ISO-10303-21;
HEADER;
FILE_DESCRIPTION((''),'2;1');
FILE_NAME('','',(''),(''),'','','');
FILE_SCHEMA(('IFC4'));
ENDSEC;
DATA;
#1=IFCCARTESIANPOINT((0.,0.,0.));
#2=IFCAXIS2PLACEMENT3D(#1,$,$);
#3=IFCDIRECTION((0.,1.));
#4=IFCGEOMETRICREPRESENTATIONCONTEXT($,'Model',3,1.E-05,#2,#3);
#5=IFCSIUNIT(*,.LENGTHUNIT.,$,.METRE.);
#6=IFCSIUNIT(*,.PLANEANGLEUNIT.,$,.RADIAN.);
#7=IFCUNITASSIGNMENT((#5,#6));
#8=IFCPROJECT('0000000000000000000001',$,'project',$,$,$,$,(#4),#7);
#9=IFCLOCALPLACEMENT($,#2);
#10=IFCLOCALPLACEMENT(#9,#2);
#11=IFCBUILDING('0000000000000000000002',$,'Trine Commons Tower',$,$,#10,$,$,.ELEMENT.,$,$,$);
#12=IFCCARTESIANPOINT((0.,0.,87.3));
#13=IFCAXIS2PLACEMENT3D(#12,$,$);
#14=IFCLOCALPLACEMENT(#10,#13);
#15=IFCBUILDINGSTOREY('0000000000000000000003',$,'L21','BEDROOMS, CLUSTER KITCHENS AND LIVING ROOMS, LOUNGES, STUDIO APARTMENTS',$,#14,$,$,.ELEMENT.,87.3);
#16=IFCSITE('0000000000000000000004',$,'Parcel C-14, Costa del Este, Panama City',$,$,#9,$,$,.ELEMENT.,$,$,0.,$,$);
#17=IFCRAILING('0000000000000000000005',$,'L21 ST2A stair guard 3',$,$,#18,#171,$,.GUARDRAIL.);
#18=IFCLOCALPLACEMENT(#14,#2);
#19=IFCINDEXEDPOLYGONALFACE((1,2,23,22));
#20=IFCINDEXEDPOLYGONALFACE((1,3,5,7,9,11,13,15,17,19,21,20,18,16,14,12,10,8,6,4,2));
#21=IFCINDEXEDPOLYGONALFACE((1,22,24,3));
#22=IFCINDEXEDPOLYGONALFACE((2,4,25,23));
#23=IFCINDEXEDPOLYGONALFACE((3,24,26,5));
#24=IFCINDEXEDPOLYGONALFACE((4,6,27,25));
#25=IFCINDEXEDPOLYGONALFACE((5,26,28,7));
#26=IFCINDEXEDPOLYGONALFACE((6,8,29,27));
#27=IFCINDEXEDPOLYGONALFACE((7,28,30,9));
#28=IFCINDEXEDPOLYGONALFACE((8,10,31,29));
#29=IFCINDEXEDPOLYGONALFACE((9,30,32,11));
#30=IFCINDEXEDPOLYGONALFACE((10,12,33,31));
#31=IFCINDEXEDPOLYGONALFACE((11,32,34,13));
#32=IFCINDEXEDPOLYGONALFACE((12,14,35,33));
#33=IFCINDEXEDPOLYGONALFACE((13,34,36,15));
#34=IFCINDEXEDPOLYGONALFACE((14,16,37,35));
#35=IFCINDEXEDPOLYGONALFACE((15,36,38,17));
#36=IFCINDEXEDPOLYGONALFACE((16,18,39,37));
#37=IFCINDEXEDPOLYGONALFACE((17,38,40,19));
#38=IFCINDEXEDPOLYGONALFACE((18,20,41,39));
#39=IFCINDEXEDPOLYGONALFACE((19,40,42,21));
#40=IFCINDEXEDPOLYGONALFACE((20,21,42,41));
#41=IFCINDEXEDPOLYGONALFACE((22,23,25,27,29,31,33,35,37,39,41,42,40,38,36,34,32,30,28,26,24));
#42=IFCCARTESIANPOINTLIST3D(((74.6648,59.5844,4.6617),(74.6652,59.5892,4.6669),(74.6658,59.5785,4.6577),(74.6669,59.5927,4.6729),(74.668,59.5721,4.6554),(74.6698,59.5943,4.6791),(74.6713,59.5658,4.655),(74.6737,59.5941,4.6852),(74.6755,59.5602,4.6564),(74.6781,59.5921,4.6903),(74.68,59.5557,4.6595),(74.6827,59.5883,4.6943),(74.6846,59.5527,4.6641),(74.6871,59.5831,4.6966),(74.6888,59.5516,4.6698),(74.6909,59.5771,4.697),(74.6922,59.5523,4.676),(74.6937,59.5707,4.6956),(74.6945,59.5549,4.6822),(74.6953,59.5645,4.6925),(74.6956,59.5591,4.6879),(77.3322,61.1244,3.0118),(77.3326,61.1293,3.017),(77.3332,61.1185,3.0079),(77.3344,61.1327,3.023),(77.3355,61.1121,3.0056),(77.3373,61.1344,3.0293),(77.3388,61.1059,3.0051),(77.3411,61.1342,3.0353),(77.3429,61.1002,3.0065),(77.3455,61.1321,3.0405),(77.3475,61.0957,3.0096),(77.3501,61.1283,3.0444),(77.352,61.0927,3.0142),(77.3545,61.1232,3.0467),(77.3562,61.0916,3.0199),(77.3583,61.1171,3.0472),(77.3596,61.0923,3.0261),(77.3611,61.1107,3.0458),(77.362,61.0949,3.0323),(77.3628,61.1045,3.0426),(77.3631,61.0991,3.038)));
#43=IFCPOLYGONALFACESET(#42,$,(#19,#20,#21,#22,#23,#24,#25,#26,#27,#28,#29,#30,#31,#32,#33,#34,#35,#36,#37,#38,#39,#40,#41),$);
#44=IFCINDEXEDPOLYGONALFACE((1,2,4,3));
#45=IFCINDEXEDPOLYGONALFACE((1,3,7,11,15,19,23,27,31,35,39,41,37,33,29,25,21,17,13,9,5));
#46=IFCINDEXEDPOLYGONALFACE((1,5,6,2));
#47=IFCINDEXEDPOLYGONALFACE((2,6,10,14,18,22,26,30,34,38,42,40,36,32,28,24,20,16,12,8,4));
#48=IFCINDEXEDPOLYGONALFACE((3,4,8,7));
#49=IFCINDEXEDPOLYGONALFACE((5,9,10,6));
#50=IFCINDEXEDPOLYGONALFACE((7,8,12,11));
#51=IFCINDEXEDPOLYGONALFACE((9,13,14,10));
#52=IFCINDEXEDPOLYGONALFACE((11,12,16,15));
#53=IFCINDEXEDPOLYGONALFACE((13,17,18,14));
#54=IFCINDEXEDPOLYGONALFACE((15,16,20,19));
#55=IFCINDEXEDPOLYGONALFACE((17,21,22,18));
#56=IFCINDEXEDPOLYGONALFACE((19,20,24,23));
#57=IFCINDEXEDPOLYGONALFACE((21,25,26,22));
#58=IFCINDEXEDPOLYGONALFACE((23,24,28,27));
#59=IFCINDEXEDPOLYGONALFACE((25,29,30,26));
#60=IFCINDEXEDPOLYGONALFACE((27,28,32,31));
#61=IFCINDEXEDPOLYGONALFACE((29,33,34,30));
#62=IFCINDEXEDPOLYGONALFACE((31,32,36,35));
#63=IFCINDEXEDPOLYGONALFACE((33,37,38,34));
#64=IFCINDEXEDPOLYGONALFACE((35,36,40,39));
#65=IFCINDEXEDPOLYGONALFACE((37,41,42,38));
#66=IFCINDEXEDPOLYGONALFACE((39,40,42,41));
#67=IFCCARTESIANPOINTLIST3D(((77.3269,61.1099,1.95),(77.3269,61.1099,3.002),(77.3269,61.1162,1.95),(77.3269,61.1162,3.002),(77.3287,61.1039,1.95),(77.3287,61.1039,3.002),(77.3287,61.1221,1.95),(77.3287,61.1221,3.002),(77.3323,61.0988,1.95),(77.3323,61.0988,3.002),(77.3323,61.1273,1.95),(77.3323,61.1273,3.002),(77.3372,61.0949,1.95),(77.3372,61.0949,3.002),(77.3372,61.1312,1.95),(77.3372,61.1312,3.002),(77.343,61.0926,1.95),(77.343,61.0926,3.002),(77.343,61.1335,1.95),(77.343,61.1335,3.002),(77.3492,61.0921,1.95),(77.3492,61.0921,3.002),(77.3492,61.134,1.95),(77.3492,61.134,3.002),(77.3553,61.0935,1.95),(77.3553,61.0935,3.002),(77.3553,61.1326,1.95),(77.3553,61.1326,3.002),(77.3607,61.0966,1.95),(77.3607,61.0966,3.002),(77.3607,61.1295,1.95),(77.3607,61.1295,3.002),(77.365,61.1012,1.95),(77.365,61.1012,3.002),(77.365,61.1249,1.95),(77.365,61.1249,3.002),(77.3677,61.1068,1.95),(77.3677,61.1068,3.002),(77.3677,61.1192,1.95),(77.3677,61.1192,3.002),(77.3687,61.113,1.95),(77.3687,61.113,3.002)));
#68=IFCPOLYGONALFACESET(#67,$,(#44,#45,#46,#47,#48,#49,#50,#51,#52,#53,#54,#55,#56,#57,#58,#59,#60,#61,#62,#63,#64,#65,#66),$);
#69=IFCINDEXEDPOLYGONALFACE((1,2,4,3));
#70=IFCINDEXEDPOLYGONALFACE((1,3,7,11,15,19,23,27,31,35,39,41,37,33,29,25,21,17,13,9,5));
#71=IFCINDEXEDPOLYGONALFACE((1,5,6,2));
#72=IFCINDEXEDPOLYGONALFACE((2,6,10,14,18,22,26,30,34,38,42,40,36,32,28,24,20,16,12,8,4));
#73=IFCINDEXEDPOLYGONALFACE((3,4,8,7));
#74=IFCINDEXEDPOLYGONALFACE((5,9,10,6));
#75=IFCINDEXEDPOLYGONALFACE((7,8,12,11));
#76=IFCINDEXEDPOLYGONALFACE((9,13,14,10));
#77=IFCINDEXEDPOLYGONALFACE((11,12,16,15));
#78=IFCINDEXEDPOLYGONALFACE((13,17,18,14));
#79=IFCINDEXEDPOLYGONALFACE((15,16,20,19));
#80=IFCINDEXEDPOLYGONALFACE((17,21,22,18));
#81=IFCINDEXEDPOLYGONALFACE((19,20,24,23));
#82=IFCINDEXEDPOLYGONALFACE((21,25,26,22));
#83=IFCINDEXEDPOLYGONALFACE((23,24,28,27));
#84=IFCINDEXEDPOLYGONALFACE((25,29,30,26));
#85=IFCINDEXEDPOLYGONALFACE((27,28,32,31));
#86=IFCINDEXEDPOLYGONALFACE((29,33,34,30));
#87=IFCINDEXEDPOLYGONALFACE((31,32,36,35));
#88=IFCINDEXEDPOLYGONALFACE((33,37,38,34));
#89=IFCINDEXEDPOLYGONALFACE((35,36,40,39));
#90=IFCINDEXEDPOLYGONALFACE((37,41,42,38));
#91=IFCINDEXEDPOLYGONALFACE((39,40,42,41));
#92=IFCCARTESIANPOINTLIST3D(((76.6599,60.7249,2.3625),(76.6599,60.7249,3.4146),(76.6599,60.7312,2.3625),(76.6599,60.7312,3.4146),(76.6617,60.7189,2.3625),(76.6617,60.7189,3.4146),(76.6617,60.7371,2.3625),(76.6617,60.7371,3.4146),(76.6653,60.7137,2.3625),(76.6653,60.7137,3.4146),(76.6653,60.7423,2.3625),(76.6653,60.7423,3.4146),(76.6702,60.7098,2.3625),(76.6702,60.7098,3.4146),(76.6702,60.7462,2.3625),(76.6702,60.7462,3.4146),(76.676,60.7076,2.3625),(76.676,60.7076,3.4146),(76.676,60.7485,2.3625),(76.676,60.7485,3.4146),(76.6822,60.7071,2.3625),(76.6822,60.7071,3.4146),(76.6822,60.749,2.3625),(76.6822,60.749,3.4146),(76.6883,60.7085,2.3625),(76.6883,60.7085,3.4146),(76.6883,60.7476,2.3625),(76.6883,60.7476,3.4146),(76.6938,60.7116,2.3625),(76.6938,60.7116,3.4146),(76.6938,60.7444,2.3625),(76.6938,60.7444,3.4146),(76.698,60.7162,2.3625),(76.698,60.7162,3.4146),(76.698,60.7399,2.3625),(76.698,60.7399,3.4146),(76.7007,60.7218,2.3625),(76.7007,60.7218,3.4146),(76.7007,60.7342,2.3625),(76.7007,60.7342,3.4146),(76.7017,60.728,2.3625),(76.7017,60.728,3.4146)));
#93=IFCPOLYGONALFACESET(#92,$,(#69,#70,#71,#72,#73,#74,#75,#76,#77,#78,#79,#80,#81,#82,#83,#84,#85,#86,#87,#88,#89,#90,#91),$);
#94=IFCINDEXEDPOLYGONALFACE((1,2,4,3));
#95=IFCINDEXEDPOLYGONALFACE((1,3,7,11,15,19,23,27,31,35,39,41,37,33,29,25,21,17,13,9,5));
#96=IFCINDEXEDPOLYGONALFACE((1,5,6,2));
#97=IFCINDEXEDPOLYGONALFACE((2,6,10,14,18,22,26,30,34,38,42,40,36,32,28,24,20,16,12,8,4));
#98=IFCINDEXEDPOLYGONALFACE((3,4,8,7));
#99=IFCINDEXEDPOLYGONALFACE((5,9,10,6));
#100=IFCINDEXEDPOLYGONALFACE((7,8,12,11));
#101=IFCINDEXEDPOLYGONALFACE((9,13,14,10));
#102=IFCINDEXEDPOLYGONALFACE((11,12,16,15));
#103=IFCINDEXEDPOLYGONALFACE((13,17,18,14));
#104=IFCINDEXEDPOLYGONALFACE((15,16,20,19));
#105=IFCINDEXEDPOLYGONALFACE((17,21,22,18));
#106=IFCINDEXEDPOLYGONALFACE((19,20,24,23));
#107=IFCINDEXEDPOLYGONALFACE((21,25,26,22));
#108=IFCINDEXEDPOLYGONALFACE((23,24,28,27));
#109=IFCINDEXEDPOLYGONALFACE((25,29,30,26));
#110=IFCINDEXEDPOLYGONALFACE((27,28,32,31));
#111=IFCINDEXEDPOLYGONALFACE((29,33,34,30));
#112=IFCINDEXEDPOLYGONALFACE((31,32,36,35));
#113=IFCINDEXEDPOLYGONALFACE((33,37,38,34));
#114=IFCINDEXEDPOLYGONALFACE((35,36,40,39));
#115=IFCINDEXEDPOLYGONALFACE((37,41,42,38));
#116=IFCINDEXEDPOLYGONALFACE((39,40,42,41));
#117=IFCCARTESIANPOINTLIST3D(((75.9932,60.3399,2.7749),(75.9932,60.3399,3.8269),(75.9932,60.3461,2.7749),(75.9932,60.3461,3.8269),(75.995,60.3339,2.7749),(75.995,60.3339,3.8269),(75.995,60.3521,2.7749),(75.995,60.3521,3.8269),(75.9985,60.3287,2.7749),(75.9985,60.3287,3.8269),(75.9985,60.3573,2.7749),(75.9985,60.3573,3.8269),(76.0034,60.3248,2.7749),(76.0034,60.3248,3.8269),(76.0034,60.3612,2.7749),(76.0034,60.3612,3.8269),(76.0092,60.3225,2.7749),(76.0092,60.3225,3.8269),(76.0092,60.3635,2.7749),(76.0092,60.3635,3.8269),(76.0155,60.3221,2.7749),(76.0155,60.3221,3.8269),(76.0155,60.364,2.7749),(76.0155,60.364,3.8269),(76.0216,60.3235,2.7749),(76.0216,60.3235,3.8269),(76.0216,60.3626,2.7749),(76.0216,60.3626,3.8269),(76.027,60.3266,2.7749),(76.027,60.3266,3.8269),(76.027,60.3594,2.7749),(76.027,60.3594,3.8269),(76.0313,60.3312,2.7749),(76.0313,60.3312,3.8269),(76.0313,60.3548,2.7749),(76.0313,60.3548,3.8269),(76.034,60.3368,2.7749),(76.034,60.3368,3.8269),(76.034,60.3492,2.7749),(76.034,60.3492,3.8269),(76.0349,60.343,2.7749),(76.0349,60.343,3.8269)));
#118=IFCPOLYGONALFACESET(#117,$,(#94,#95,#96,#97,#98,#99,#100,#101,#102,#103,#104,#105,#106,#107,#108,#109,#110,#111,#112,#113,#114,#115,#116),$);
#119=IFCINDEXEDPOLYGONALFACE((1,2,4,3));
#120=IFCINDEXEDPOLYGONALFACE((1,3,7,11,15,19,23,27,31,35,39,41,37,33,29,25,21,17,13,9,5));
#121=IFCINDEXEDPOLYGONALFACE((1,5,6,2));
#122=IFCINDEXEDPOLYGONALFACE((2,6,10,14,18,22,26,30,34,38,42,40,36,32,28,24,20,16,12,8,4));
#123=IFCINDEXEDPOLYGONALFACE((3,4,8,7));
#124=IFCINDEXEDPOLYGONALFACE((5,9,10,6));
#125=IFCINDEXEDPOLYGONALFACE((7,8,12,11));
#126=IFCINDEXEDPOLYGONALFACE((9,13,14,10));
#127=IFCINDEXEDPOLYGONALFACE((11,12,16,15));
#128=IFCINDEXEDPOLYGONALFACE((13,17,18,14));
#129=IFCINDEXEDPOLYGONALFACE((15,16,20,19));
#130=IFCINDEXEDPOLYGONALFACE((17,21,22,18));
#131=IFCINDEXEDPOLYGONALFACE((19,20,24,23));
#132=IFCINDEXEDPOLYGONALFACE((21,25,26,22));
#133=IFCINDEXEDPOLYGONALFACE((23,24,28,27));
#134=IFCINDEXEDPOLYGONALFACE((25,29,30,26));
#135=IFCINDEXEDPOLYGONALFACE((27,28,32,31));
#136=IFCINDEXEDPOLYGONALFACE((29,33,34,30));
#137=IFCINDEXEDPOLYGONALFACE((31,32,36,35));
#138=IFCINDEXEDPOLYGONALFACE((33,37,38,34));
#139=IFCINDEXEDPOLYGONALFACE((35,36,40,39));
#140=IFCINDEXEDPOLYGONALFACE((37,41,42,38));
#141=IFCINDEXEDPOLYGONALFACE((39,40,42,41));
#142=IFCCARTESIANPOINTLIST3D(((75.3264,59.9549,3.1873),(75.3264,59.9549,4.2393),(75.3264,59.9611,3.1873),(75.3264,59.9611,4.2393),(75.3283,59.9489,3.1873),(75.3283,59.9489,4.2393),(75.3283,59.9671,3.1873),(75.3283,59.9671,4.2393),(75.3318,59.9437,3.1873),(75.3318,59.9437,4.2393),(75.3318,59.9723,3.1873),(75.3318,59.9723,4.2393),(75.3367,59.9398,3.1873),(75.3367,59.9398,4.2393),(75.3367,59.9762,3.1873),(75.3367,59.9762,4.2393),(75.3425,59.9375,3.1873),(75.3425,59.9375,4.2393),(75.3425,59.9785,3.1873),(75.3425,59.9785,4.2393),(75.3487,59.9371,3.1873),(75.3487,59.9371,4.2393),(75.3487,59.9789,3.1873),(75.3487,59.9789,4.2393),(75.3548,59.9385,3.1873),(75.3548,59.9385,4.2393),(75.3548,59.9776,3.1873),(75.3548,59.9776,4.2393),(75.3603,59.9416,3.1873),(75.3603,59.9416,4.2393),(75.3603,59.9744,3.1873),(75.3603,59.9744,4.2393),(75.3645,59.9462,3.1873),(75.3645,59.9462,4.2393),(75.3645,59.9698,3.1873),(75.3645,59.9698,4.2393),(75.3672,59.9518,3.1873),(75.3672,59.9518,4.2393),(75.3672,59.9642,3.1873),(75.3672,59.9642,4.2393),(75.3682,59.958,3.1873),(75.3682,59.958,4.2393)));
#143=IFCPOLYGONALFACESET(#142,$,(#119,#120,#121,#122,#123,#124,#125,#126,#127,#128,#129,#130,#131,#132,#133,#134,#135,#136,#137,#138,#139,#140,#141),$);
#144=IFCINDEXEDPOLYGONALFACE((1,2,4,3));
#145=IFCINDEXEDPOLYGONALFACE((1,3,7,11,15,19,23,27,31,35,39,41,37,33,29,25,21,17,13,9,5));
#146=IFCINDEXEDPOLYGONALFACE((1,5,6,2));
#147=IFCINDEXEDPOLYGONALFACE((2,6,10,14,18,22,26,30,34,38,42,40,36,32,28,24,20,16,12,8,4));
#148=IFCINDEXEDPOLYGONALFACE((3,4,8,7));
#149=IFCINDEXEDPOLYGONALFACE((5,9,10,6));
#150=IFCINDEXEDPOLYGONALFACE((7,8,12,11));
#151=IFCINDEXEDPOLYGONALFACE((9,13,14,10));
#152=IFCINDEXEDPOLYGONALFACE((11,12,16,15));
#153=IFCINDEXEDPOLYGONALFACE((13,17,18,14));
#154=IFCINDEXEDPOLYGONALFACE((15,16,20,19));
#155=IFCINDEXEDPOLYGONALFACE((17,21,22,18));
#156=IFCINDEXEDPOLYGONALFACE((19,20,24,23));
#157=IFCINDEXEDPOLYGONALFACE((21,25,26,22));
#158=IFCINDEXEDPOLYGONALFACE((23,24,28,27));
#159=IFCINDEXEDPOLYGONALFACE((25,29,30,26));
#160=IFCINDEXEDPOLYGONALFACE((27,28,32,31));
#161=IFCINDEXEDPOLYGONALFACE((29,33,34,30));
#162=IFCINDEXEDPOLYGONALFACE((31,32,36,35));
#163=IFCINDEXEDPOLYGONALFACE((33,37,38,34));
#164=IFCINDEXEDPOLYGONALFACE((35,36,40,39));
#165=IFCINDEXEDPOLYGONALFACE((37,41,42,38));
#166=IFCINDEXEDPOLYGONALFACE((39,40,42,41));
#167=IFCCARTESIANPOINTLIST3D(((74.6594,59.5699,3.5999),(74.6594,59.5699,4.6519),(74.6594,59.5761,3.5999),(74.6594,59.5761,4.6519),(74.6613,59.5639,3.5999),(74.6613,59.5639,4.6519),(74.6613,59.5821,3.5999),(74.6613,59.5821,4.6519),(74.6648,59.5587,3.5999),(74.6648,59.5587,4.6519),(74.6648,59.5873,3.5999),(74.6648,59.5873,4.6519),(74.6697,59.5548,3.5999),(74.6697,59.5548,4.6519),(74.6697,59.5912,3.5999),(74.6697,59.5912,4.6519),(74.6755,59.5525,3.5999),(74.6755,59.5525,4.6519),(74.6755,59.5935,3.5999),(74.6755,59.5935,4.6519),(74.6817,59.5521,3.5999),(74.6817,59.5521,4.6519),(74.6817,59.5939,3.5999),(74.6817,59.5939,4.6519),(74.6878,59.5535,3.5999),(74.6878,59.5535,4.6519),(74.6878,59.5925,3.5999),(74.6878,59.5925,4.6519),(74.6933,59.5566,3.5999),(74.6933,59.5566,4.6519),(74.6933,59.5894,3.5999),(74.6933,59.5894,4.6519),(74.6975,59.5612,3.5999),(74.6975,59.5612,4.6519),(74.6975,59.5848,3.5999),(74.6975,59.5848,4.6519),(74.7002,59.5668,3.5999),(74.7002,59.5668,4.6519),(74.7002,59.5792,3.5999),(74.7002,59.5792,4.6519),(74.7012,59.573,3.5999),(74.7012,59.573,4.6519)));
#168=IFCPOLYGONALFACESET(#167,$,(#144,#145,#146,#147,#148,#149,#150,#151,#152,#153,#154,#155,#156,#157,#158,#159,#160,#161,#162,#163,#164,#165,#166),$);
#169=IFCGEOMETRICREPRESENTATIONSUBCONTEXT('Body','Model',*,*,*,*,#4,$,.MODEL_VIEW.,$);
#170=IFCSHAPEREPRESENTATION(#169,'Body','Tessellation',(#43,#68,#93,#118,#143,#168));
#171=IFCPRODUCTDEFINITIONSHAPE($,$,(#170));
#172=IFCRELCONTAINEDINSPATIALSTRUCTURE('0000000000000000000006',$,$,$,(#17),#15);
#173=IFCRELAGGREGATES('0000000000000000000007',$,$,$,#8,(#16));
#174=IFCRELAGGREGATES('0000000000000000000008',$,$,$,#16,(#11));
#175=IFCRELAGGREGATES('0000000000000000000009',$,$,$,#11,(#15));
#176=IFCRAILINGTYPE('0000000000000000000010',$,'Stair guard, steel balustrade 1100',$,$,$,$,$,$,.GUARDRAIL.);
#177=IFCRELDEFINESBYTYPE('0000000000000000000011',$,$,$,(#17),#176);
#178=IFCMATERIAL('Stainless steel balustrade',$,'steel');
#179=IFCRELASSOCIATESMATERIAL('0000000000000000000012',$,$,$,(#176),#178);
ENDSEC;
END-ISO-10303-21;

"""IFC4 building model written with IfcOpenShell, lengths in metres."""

from ifc_helpers import new_model, si_unit, direction, frame, origin, origin_2d, place, context, subcontext, project, spatial, circle, extrude, material, type_object, element, save


model = new_model("IFC4")

# Units and contexts
model_context = context("Model", 3, precision=1e-05, world=origin(), true_north=direction((0.0, 1.0)))
body_context = subcontext(model_context, "Body", "Model", "MODEL_VIEW")
ifc_project = project(units=[si_unit("LENGTHUNIT", "METRE"), si_unit("PLANEANGLEUNIT", "RADIAN")], contexts=[model_context])

# Site, building, storey
site_placement = place(None, origin())
site = spatial("IfcSite", under=ifc_project, at=site_placement, Name="Parcel C-14, Costa del Este, Panama City", CompositionType="ELEMENT", RefElevation=0.0)
building_placement = place(site_placement, origin())
building = spatial("IfcBuilding", under=site, at=building_placement, Name="Trine Commons Tower", CompositionType="ELEMENT")
storey_placement = place(building_placement, frame((0.0, 0.0, 87.3)))
storey = spatial("IfcBuildingStorey", under=building, at=storey_placement, Name="L21", Description="BEDROOMS, CLUSTER KITCHENS AND LIVING ROOMS, LOUNGES, STUDIO APARTMENTS", CompositionType="ELEMENT", Elevation=87.3)

# Railing
ifc_material_1 = material(Name="Stainless steel balustrade", Category="steel")
railing_type_1 = type_object("IfcRailingType", Name="Stair guard, steel balustrade 1100", PredefinedType="GUARDRAIL", material=ifc_material_1)
railing_1_placement = place(storey_placement, frame((77.3477, 61.113, 1.95)))
element("IfcRailing", 1, at=railing_1_placement, inside=storey, type_object=railing_type_1, Name="L21 ST2A stair guard 3", PredefinedType="GUARDRAIL", context=body_context, shape_type="SweptSolid", body=[
    extrude(circle(Radius=0.0239, at=origin_2d()), frame((0.0, 0.0, 1.0762), z_axis=(-0.763405, -0.440743, 0.472185), x_axis=(0.499992, -0.86603, 0.0)), (0.0, 0.0, 1.0), 3.4941),
    extrude(circle(Radius=0.021, at=origin_2d()), origin(), (0.0, 0.0, 1.0), 1.052),
    extrude(circle(Radius=0.021, at=origin_2d()), frame((-0.667, -0.385, 0.4126)), (0.0, 0.0, 1.0), 1.052),
    extrude(circle(Radius=0.021, at=origin_2d()), frame((-1.3337, -0.77, 0.825)), (0.0, 0.0, 1.0), 1.052),
    extrude(circle(Radius=0.021, at=origin_2d()), frame((-2.0005, -1.155, 1.2373)), (0.0, 0.0, 1.0), 1.052),
    extrude(circle(Radius=0.021, at=origin_2d()), frame((-2.6675, -1.54, 1.6499)), (0.0, 0.0, 1.0), 1.052),
])

save(model, "model.ifc")
